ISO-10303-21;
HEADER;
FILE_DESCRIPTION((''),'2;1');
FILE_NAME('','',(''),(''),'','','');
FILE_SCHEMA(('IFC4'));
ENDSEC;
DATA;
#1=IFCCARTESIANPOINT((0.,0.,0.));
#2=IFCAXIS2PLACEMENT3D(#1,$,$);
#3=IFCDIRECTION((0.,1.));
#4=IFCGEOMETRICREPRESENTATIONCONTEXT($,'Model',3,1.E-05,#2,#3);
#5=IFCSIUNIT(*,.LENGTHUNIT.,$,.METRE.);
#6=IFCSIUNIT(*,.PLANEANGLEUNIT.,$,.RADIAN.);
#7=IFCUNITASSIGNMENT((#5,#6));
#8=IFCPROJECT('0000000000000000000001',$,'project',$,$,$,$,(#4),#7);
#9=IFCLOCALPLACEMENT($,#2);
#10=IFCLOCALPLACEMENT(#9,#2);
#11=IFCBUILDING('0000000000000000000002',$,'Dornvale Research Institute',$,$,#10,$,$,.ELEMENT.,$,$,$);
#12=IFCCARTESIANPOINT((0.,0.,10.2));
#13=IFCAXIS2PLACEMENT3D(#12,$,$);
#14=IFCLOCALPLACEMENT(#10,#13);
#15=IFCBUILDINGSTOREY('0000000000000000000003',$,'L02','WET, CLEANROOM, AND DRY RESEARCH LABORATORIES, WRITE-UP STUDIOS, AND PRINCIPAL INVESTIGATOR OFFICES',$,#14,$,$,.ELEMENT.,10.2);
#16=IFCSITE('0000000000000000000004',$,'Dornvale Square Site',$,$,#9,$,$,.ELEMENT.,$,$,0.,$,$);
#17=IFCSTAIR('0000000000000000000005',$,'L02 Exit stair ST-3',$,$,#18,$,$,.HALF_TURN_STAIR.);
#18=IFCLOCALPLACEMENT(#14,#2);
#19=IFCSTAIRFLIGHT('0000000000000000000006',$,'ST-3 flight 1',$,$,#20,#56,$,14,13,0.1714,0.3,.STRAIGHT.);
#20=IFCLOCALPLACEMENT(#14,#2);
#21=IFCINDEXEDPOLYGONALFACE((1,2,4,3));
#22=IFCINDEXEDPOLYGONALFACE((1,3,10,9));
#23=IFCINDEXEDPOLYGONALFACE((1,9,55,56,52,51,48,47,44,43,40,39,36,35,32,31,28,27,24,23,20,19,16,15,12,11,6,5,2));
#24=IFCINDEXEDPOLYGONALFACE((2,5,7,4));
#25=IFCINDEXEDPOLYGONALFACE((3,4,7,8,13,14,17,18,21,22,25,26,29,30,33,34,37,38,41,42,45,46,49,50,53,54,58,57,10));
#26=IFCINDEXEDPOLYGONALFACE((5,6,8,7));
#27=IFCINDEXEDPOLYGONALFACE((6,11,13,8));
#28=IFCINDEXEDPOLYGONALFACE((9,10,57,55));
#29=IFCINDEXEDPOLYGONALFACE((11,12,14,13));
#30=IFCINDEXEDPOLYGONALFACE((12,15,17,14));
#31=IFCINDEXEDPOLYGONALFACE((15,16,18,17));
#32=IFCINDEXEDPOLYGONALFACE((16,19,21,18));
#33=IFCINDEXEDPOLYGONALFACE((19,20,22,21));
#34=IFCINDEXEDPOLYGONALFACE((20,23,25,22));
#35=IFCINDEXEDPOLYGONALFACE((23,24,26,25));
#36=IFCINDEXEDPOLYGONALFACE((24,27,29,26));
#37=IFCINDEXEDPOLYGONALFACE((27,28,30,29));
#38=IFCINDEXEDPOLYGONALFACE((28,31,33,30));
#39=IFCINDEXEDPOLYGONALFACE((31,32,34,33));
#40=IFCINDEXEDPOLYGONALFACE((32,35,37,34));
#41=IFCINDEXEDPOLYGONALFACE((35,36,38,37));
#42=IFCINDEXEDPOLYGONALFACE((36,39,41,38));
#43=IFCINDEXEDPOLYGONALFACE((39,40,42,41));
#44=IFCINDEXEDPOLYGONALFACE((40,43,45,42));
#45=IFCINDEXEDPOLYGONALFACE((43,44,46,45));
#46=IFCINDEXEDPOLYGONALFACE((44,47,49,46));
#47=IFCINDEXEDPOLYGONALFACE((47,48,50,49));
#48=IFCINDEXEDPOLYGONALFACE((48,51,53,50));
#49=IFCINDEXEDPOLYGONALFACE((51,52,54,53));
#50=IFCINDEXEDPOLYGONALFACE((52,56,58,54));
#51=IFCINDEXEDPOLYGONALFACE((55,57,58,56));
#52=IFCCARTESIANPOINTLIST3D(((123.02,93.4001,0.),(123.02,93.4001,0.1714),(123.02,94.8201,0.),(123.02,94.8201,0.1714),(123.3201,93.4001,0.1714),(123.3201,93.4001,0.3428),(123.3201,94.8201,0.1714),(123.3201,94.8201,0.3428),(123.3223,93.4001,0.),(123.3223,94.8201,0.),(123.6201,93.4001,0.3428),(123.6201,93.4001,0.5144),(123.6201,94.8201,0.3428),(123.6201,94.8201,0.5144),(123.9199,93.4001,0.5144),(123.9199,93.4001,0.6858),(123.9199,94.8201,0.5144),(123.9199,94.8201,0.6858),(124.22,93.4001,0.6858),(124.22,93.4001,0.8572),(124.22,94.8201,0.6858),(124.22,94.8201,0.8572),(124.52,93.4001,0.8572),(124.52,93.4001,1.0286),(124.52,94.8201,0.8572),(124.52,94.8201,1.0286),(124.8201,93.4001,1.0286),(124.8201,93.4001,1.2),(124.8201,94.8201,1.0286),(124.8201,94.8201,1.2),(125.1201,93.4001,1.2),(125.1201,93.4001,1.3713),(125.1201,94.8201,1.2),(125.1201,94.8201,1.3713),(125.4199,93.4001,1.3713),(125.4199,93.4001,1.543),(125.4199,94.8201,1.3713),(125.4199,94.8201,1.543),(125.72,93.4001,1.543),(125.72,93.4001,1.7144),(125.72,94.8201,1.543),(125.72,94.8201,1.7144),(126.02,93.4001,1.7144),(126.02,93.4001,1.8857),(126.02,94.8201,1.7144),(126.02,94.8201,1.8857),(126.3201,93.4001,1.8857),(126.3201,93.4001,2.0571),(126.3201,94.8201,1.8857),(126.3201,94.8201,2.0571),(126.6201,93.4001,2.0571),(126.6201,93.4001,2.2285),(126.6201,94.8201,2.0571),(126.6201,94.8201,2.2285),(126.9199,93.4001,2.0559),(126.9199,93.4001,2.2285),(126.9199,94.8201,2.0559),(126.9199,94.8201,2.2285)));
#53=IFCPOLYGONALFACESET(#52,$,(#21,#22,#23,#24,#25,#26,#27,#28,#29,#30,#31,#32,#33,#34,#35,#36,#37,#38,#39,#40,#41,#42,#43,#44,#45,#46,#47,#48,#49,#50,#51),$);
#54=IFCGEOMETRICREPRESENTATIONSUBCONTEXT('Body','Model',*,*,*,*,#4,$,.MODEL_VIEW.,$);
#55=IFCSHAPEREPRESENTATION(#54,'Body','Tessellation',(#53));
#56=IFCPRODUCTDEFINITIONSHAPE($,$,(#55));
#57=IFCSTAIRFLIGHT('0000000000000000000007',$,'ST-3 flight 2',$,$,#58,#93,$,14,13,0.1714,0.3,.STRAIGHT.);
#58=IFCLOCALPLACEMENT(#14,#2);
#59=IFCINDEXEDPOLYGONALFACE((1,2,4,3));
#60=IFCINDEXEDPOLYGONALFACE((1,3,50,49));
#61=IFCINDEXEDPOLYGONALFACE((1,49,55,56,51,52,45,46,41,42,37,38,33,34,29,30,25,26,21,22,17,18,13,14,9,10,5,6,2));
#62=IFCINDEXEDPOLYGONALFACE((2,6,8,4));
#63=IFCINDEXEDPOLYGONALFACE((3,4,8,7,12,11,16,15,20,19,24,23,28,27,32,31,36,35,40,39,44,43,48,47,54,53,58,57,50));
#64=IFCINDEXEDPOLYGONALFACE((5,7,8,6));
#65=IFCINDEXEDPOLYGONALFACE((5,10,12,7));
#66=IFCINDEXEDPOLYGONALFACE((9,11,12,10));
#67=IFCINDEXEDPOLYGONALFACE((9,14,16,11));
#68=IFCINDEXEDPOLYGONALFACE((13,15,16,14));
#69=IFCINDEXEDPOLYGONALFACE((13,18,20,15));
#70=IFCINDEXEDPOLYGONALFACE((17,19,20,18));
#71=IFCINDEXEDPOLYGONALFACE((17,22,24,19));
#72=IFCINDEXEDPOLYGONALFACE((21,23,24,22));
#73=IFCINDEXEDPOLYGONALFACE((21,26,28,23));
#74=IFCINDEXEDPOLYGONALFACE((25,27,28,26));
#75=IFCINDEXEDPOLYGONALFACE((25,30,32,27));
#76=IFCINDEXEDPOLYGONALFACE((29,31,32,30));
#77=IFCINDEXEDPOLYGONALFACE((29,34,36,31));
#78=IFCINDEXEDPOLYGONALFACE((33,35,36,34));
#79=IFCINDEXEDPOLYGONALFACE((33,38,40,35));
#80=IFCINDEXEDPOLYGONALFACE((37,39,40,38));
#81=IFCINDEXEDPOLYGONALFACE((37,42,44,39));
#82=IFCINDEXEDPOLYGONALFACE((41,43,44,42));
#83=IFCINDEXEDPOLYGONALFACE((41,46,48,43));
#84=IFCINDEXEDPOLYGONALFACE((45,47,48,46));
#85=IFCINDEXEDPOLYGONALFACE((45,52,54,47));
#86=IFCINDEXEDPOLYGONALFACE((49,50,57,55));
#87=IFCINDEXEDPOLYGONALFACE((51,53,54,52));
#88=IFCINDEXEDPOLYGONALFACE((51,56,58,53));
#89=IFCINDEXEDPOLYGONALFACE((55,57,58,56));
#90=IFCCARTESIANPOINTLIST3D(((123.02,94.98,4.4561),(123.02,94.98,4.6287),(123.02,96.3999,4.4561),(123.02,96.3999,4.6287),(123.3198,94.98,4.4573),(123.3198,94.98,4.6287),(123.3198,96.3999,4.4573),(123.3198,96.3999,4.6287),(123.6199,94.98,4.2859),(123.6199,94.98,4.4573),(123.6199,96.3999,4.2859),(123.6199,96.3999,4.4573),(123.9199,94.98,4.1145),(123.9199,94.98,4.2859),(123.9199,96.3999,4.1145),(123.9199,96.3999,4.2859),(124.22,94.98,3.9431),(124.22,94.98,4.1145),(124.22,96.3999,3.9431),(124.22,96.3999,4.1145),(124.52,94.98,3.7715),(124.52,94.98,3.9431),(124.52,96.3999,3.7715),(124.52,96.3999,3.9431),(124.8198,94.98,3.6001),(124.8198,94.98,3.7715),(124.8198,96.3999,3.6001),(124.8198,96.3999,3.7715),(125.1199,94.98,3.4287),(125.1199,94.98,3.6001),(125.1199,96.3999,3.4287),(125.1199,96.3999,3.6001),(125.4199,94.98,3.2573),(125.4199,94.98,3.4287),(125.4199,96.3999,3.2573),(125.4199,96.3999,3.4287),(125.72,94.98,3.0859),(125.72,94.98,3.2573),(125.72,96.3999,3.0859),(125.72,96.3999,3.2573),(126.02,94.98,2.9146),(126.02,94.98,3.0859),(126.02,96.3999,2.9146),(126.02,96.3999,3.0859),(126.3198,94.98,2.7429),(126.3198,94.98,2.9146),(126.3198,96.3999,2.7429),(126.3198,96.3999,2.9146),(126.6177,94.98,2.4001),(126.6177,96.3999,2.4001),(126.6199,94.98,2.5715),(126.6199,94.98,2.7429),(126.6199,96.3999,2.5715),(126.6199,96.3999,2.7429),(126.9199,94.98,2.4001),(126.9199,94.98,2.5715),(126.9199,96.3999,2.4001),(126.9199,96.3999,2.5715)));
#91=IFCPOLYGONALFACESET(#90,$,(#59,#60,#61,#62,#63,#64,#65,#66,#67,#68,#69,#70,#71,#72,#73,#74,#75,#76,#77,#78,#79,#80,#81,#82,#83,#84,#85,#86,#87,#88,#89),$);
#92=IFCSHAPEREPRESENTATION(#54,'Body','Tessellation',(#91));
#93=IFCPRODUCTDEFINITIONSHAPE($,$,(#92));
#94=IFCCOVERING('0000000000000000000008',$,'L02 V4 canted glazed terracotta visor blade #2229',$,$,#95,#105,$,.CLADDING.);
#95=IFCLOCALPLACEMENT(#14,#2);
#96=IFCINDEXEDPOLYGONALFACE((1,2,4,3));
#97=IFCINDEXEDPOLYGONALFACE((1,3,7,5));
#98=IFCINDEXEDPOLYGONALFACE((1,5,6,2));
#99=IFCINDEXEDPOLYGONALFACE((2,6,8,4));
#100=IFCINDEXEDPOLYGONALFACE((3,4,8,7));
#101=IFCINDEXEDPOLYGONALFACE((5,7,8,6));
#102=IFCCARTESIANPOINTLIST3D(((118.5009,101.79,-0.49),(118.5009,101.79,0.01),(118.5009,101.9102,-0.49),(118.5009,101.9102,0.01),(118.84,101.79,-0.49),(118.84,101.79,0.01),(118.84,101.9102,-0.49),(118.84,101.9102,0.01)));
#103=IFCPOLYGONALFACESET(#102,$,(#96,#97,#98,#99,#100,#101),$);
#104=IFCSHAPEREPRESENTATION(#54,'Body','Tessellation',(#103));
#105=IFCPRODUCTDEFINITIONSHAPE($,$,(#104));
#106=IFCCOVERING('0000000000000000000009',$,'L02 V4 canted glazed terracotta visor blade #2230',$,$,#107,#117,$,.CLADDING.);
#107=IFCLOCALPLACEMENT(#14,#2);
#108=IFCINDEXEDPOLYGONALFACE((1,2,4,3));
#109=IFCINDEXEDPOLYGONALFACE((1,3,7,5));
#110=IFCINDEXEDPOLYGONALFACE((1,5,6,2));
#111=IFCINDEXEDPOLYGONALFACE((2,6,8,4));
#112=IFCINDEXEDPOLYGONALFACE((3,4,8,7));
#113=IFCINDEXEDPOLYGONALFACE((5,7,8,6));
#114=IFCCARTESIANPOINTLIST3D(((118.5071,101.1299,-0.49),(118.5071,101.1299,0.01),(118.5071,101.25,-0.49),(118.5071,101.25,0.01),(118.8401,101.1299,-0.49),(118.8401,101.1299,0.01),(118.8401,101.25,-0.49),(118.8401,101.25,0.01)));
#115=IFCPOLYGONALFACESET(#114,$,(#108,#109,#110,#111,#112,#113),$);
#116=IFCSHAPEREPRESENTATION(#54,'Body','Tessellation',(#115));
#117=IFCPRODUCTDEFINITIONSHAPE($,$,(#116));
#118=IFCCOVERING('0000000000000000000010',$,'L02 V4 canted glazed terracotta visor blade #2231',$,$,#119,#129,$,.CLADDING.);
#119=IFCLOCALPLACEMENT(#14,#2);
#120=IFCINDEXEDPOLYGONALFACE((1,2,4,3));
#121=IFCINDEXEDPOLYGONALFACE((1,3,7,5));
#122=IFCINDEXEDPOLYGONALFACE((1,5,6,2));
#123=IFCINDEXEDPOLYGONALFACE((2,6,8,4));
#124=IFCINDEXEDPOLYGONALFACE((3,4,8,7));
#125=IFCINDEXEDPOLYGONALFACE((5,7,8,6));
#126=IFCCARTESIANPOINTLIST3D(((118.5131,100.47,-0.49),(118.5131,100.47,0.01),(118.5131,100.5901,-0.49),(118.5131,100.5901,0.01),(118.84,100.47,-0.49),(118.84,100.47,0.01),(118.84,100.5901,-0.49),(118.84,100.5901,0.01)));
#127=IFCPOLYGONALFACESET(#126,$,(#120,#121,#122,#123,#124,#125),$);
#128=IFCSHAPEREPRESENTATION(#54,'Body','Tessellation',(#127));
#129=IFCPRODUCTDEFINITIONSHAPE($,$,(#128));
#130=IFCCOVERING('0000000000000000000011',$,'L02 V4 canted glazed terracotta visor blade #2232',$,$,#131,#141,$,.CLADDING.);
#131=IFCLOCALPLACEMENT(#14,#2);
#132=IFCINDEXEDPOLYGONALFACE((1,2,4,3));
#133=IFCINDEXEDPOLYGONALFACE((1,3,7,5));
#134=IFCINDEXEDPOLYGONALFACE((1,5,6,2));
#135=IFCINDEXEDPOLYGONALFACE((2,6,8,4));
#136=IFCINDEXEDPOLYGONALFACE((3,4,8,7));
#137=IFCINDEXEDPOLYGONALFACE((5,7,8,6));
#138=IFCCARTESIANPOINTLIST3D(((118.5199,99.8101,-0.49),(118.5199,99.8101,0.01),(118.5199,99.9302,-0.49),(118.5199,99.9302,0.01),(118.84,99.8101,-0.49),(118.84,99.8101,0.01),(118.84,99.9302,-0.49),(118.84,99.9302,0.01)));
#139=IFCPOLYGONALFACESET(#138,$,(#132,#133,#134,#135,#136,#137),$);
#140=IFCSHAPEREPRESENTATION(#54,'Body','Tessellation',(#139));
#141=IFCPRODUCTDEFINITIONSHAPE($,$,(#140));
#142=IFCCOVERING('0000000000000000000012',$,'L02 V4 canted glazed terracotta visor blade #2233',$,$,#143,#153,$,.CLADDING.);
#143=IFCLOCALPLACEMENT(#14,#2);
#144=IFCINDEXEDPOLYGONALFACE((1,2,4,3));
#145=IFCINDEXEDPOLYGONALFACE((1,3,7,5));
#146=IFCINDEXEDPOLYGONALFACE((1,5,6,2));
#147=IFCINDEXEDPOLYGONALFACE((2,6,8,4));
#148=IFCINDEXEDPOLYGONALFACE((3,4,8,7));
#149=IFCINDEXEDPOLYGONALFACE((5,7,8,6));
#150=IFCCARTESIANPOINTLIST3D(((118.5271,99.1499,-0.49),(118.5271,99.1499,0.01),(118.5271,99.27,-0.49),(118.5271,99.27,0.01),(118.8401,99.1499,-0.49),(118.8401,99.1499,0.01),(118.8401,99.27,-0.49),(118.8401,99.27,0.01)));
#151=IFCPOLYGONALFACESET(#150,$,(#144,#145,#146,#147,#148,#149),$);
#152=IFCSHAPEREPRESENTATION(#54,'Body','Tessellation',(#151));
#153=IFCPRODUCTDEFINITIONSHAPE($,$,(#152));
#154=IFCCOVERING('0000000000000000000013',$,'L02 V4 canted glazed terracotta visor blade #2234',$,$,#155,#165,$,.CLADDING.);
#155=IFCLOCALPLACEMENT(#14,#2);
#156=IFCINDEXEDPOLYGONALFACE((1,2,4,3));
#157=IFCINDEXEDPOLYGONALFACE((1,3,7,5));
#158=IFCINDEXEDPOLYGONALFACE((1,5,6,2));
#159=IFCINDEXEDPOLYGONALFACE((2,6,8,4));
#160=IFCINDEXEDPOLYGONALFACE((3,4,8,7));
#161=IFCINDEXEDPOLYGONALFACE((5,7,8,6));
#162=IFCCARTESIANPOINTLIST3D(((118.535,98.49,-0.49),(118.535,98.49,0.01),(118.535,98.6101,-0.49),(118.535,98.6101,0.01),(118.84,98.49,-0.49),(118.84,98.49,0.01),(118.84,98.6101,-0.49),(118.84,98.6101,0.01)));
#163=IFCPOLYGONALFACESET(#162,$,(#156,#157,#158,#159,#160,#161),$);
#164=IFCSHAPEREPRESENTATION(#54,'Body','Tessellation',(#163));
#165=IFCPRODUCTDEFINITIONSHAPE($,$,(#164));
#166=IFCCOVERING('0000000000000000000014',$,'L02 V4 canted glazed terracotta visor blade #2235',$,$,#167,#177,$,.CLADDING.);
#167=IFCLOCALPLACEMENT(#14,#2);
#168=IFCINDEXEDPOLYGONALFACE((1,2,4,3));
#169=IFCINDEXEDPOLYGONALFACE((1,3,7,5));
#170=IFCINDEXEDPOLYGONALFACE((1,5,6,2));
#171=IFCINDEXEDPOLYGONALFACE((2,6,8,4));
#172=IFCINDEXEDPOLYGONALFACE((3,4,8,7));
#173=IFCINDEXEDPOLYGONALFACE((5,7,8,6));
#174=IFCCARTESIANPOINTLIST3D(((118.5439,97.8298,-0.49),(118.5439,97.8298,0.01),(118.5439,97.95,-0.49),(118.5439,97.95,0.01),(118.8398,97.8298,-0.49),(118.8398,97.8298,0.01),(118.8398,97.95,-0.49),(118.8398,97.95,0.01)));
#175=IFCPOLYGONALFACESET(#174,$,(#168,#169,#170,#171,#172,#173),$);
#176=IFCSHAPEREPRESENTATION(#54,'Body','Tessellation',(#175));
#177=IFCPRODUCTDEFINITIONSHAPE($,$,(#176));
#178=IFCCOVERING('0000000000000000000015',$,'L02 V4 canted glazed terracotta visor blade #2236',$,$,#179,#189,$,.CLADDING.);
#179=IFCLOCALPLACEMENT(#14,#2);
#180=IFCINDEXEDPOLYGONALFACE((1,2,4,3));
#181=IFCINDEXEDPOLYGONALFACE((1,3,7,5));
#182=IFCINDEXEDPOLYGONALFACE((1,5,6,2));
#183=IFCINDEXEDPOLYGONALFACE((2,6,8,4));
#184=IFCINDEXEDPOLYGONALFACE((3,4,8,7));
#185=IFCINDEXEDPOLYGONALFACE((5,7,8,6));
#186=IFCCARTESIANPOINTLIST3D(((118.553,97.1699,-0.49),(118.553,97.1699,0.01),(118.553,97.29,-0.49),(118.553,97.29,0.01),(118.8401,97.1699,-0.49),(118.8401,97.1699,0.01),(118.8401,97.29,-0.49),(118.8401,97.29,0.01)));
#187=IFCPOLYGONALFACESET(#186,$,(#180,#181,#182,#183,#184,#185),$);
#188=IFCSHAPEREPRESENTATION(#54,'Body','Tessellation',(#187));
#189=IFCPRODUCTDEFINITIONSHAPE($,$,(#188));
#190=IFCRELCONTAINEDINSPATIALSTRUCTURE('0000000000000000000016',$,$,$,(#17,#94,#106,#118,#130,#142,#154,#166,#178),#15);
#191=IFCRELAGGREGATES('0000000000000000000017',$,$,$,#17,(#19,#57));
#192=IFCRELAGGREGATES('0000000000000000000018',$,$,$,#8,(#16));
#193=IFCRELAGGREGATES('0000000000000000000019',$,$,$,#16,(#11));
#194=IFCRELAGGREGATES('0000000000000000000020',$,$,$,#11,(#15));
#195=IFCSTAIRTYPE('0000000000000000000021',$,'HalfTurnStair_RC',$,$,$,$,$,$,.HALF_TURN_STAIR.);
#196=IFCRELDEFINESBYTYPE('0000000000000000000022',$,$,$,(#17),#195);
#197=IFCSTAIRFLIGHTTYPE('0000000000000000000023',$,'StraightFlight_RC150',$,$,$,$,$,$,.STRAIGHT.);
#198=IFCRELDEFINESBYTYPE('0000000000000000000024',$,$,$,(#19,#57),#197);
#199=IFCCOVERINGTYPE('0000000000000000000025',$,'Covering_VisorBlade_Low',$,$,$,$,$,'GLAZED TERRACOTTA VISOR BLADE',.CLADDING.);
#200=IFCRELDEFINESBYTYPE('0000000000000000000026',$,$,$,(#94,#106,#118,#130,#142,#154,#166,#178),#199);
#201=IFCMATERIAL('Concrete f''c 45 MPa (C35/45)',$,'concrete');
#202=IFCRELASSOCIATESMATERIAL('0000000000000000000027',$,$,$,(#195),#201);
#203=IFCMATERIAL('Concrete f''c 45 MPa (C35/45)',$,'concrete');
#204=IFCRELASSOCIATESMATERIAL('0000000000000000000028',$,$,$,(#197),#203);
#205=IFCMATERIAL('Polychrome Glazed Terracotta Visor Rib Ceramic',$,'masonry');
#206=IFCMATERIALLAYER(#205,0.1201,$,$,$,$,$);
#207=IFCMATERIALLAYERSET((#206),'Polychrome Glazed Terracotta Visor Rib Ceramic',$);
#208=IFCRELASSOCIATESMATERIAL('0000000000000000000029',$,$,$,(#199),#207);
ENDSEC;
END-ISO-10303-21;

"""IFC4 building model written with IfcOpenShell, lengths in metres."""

from ifc_helpers import new_model, si_unit, direction, frame, origin, origin_2d, place, context, subcontext, project, spatial, polyline, rectangle, outline, extrude, material, layer, layer_set, type_object, element, aggregate, save


model = new_model("IFC4")

# Units and contexts
model_context = context("Model", 3, precision=1e-05, world=origin(), true_north=direction((0.0, 1.0)))
body_context = subcontext(model_context, "Body", "Model", "MODEL_VIEW")
ifc_project = project(units=[si_unit("LENGTHUNIT", "METRE"), si_unit("PLANEANGLEUNIT", "RADIAN")], contexts=[model_context])

# Site, building, storey
site_placement = place(None, origin())
site = spatial("IfcSite", under=ifc_project, at=site_placement, Name="Dornvale Square Site", CompositionType="ELEMENT", RefElevation=0.0)
building_placement = place(site_placement, origin())
building = spatial("IfcBuilding", under=site, at=building_placement, Name="Dornvale Research Institute", CompositionType="ELEMENT")
storey_placement = place(building_placement, frame((0.0, 0.0, 10.2)))
storey = spatial("IfcBuildingStorey", under=building, at=storey_placement, Name="L02", Description="WET, CLEANROOM, AND DRY RESEARCH LABORATORIES, WRITE-UP STUDIOS, AND PRINCIPAL INVESTIGATOR OFFICES", CompositionType="ELEMENT", Elevation=10.2)

# Stair, stair flights
ifc_material_1 = material(Name="Concrete f'c 45 MPa (C35/45)", Category="concrete")
stair_type = type_object("IfcStairType", Name="HalfTurnStair_RC", PredefinedType="HALF_TURN_STAIR", material=ifc_material_1)
stair_placement = place(storey_placement, origin())
stair = element("IfcStair", 1, at=stair_placement, inside=storey, type_object=stair_type, Name="L02 Exit stair ST-3", PredefinedType="HALF_TURN_STAIR")
ifc_material_2 = material(Name="Concrete f'c 45 MPa (C35/45)", Category="concrete")
stair_flight_type = type_object("IfcStairFlightType", Name="StraightFlight_RC150", PredefinedType="STRAIGHT", material=ifc_material_2)
stair_flight_1_placement = place(storey_placement, frame((123.02, 94.1101, 0.0), z_axis=(0.0, 0.0, 1.0), x_axis=(1.0, 0.0, 0.0)))
stair_flight_1 = element("IfcStairFlight", 2, at=stair_flight_1_placement, type_object=stair_flight_type, Name="ST-3 flight 1", NumberOfRisers=14, NumberOfTreads=13, PredefinedType="STRAIGHT", RiserHeight=0.1714, TreadLength=0.3, context=body_context, shape_type="SweptSolid", body=[
    extrude(outline(polyline([(0.0, 0.0), (0.0, 0.1714), (0.3, 0.1714), (0.3, 0.3428), (0.6001, 0.3428), (0.6001, 0.5144), (0.8999, 0.5144), (0.8999, 0.6858), (1.2, 0.6858), (1.2, 0.8572), (1.5, 0.8572), (1.5, 1.0286), (1.8, 1.0286), (1.8, 1.2), (2.1001, 1.2), (2.1001, 1.3713), (2.3999, 1.3713), (2.3999, 1.543), (2.7, 1.543), (2.7, 1.7144), (3.0, 1.7144), (3.0, 1.8857), (3.3, 1.8857), (3.3, 2.0571), (3.6001, 2.0571), (3.6001, 2.2285), (3.8999, 2.2285), (3.8999, 2.3999), (3.8999, 2.0559), (0.3022, 0.0), (0.0, 0.0)])), frame((0.0, 0.71, 0.0), z_axis=(0.0, -1.0, 0.0), x_axis=(1.0, 0.0, 0.0)), (0.0, 0.0, 1.0), 1.4199),
])
stair_flight_2_placement = place(storey_placement, frame((126.9199, 95.6899, 2.4001), z_axis=(0.0, 0.0, 1.0), x_axis=(-1.0, 0.0, 0.0)))
stair_flight_2 = element("IfcStairFlight", 3, at=stair_flight_2_placement, type_object=stair_flight_type, Name="ST-3 flight 2", NumberOfRisers=14, NumberOfTreads=13, PredefinedType="STRAIGHT", RiserHeight=0.1714, TreadLength=0.3, context=body_context, shape_type="SweptSolid", body=[
    extrude(outline(polyline([(0.0, 0.0), (0.0, 0.1714), (0.3, 0.1714), (0.3, 0.3428), (0.6001, 0.3428), (0.6001, 0.5144), (0.8999, 0.5144), (0.8999, 0.6858), (1.2, 0.6858), (1.2, 0.8572), (1.5, 0.8572), (1.5, 1.0286), (1.8, 1.0286), (1.8, 1.2), (2.1001, 1.2), (2.1001, 1.3713), (2.3999, 1.3713), (2.3999, 1.543), (2.7, 1.543), (2.7, 1.7144), (3.0, 1.7144), (3.0, 1.8857), (3.3, 1.8857), (3.3, 2.0571), (3.6001, 2.0571), (3.6001, 2.2285), (3.8999, 2.2285), (3.8999, 2.3999), (3.8999, 2.0559), (0.3022, 0.0), (0.0, 0.0)])), frame((0.0, 0.71, 0.0), z_axis=(0.0, -1.0, 0.0), x_axis=(1.0, 0.0, 0.0)), (0.0, 0.0, 1.0), 1.4199),
])
aggregate(stair, [stair_flight_1, stair_flight_2])

# Coverings
ifc_material_3 = material(Name="Polychrome Glazed Terracotta Visor Rib Ceramic", Category="masonry")
ifc_layer_1 = layer(ifc_material_3, 0.1201)
ifc_layer_set_1 = layer_set([ifc_layer_1], Name="Polychrome Glazed Terracotta Visor Rib Ceramic")
covering_type = type_object("IfcCoveringType", Name="Covering_VisorBlade_Low", ElementType="GLAZED TERRACOTTA VISOR BLADE", PredefinedType="CLADDING", material=ifc_layer_set_1)
covering_1_placement = place(storey_placement, frame((118.6704, 101.8501, -0.49), z_axis=(0.0, 0.0, 1.0), x_axis=(1.0, 0.0, 0.0)))
element("IfcCovering", 4, at=covering_1_placement, inside=storey, type_object=covering_type, Name="L02 V4 canted glazed terracotta visor blade #2229", PredefinedType="CLADDING", context=body_context, shape_type="SweptSolid", body=[
    extrude(rectangle(XDim=0.3391, YDim=0.1201, at=origin_2d()), origin(), (0.0, 0.0, 1.0), 0.5),
])
covering_2_placement = place(storey_placement, frame((118.6736, 101.1899, -0.49), z_axis=(0.0, 0.0, 1.0), x_axis=(1.0, 0.0, 0.0)))
element("IfcCovering", 5, at=covering_2_placement, inside=storey, type_object=covering_type, Name="L02 V4 canted glazed terracotta visor blade #2230", PredefinedType="CLADDING", context=body_context, shape_type="SweptSolid", body=[
    extrude(rectangle(XDim=0.333, YDim=0.1201, at=origin_2d()), origin(), (0.0, 0.0, 1.0), 0.5),
])
covering_3_placement = place(storey_placement, frame((118.6765, 100.53, -0.49), z_axis=(0.0, 0.0, 1.0), x_axis=(1.0, 0.0, 0.0)))
element("IfcCovering", 6, at=covering_3_placement, inside=storey, type_object=covering_type, Name="L02 V4 canted glazed terracotta visor blade #2231", PredefinedType="CLADDING", context=body_context, shape_type="SweptSolid", body=[
    extrude(rectangle(XDim=0.3269, YDim=0.1201, at=origin_2d()), origin(), (0.0, 0.0, 1.0), 0.5),
])
covering_4_placement = place(storey_placement, frame((118.6799, 99.8701, -0.49), z_axis=(0.0, 0.0, 1.0), x_axis=(1.0, 0.0, 0.0)))
element("IfcCovering", 7, at=covering_4_placement, inside=storey, type_object=covering_type, Name="L02 V4 canted glazed terracotta visor blade #2232", PredefinedType="CLADDING", context=body_context, shape_type="SweptSolid", body=[
    extrude(rectangle(XDim=0.3201, YDim=0.1201, at=origin_2d()), origin(), (0.0, 0.0, 1.0), 0.5),
])
covering_5_placement = place(storey_placement, frame((118.6836, 99.21, -0.49), z_axis=(0.0, 0.0, 1.0), x_axis=(1.0, 0.0, 0.0)))
element("IfcCovering", 8, at=covering_5_placement, inside=storey, type_object=covering_type, Name="L02 V4 canted glazed terracotta visor blade #2233", PredefinedType="CLADDING", context=body_context, shape_type="SweptSolid", body=[
    extrude(rectangle(XDim=0.313, YDim=0.1201, at=origin_2d()), origin(), (0.0, 0.0, 1.0), 0.5),
])
covering_6_placement = place(storey_placement, frame((118.6875, 98.55, -0.49), z_axis=(0.0, 0.0, 1.0), x_axis=(1.0, 0.0, 0.0)))
element("IfcCovering", 9, at=covering_6_placement, inside=storey, type_object=covering_type, Name="L02 V4 canted glazed terracotta visor blade #2234", PredefinedType="CLADDING", context=body_context, shape_type="SweptSolid", body=[
    extrude(rectangle(XDim=0.3049, YDim=0.1201, at=origin_2d()), origin(), (0.0, 0.0, 1.0), 0.5),
])
covering_7_placement = place(storey_placement, frame((118.6919, 97.8899, -0.49), z_axis=(0.0, 0.0, 1.0), x_axis=(1.0, 0.0, 0.0)))
element("IfcCovering", 10, at=covering_7_placement, inside=storey, type_object=covering_type, Name="L02 V4 canted glazed terracotta visor blade #2235", PredefinedType="CLADDING", context=body_context, shape_type="SweptSolid", body=[
    extrude(rectangle(XDim=0.2959, YDim=0.1201, at=origin_2d()), origin(), (0.0, 0.0, 1.0), 0.5),
])
covering_8_placement = place(storey_placement, frame((118.6965, 97.23, -0.49), z_axis=(0.0, 0.0, 1.0), x_axis=(1.0, 0.0, 0.0)))
element("IfcCovering", 11, at=covering_8_placement, inside=storey, type_object=covering_type, Name="L02 V4 canted glazed terracotta visor blade #2236", PredefinedType="CLADDING", context=body_context, shape_type="SweptSolid", body=[
    extrude(rectangle(XDim=0.2871, YDim=0.1201, at=origin_2d()), origin(), (0.0, 0.0, 1.0), 0.5),
])

save(model, "model.ifc")
